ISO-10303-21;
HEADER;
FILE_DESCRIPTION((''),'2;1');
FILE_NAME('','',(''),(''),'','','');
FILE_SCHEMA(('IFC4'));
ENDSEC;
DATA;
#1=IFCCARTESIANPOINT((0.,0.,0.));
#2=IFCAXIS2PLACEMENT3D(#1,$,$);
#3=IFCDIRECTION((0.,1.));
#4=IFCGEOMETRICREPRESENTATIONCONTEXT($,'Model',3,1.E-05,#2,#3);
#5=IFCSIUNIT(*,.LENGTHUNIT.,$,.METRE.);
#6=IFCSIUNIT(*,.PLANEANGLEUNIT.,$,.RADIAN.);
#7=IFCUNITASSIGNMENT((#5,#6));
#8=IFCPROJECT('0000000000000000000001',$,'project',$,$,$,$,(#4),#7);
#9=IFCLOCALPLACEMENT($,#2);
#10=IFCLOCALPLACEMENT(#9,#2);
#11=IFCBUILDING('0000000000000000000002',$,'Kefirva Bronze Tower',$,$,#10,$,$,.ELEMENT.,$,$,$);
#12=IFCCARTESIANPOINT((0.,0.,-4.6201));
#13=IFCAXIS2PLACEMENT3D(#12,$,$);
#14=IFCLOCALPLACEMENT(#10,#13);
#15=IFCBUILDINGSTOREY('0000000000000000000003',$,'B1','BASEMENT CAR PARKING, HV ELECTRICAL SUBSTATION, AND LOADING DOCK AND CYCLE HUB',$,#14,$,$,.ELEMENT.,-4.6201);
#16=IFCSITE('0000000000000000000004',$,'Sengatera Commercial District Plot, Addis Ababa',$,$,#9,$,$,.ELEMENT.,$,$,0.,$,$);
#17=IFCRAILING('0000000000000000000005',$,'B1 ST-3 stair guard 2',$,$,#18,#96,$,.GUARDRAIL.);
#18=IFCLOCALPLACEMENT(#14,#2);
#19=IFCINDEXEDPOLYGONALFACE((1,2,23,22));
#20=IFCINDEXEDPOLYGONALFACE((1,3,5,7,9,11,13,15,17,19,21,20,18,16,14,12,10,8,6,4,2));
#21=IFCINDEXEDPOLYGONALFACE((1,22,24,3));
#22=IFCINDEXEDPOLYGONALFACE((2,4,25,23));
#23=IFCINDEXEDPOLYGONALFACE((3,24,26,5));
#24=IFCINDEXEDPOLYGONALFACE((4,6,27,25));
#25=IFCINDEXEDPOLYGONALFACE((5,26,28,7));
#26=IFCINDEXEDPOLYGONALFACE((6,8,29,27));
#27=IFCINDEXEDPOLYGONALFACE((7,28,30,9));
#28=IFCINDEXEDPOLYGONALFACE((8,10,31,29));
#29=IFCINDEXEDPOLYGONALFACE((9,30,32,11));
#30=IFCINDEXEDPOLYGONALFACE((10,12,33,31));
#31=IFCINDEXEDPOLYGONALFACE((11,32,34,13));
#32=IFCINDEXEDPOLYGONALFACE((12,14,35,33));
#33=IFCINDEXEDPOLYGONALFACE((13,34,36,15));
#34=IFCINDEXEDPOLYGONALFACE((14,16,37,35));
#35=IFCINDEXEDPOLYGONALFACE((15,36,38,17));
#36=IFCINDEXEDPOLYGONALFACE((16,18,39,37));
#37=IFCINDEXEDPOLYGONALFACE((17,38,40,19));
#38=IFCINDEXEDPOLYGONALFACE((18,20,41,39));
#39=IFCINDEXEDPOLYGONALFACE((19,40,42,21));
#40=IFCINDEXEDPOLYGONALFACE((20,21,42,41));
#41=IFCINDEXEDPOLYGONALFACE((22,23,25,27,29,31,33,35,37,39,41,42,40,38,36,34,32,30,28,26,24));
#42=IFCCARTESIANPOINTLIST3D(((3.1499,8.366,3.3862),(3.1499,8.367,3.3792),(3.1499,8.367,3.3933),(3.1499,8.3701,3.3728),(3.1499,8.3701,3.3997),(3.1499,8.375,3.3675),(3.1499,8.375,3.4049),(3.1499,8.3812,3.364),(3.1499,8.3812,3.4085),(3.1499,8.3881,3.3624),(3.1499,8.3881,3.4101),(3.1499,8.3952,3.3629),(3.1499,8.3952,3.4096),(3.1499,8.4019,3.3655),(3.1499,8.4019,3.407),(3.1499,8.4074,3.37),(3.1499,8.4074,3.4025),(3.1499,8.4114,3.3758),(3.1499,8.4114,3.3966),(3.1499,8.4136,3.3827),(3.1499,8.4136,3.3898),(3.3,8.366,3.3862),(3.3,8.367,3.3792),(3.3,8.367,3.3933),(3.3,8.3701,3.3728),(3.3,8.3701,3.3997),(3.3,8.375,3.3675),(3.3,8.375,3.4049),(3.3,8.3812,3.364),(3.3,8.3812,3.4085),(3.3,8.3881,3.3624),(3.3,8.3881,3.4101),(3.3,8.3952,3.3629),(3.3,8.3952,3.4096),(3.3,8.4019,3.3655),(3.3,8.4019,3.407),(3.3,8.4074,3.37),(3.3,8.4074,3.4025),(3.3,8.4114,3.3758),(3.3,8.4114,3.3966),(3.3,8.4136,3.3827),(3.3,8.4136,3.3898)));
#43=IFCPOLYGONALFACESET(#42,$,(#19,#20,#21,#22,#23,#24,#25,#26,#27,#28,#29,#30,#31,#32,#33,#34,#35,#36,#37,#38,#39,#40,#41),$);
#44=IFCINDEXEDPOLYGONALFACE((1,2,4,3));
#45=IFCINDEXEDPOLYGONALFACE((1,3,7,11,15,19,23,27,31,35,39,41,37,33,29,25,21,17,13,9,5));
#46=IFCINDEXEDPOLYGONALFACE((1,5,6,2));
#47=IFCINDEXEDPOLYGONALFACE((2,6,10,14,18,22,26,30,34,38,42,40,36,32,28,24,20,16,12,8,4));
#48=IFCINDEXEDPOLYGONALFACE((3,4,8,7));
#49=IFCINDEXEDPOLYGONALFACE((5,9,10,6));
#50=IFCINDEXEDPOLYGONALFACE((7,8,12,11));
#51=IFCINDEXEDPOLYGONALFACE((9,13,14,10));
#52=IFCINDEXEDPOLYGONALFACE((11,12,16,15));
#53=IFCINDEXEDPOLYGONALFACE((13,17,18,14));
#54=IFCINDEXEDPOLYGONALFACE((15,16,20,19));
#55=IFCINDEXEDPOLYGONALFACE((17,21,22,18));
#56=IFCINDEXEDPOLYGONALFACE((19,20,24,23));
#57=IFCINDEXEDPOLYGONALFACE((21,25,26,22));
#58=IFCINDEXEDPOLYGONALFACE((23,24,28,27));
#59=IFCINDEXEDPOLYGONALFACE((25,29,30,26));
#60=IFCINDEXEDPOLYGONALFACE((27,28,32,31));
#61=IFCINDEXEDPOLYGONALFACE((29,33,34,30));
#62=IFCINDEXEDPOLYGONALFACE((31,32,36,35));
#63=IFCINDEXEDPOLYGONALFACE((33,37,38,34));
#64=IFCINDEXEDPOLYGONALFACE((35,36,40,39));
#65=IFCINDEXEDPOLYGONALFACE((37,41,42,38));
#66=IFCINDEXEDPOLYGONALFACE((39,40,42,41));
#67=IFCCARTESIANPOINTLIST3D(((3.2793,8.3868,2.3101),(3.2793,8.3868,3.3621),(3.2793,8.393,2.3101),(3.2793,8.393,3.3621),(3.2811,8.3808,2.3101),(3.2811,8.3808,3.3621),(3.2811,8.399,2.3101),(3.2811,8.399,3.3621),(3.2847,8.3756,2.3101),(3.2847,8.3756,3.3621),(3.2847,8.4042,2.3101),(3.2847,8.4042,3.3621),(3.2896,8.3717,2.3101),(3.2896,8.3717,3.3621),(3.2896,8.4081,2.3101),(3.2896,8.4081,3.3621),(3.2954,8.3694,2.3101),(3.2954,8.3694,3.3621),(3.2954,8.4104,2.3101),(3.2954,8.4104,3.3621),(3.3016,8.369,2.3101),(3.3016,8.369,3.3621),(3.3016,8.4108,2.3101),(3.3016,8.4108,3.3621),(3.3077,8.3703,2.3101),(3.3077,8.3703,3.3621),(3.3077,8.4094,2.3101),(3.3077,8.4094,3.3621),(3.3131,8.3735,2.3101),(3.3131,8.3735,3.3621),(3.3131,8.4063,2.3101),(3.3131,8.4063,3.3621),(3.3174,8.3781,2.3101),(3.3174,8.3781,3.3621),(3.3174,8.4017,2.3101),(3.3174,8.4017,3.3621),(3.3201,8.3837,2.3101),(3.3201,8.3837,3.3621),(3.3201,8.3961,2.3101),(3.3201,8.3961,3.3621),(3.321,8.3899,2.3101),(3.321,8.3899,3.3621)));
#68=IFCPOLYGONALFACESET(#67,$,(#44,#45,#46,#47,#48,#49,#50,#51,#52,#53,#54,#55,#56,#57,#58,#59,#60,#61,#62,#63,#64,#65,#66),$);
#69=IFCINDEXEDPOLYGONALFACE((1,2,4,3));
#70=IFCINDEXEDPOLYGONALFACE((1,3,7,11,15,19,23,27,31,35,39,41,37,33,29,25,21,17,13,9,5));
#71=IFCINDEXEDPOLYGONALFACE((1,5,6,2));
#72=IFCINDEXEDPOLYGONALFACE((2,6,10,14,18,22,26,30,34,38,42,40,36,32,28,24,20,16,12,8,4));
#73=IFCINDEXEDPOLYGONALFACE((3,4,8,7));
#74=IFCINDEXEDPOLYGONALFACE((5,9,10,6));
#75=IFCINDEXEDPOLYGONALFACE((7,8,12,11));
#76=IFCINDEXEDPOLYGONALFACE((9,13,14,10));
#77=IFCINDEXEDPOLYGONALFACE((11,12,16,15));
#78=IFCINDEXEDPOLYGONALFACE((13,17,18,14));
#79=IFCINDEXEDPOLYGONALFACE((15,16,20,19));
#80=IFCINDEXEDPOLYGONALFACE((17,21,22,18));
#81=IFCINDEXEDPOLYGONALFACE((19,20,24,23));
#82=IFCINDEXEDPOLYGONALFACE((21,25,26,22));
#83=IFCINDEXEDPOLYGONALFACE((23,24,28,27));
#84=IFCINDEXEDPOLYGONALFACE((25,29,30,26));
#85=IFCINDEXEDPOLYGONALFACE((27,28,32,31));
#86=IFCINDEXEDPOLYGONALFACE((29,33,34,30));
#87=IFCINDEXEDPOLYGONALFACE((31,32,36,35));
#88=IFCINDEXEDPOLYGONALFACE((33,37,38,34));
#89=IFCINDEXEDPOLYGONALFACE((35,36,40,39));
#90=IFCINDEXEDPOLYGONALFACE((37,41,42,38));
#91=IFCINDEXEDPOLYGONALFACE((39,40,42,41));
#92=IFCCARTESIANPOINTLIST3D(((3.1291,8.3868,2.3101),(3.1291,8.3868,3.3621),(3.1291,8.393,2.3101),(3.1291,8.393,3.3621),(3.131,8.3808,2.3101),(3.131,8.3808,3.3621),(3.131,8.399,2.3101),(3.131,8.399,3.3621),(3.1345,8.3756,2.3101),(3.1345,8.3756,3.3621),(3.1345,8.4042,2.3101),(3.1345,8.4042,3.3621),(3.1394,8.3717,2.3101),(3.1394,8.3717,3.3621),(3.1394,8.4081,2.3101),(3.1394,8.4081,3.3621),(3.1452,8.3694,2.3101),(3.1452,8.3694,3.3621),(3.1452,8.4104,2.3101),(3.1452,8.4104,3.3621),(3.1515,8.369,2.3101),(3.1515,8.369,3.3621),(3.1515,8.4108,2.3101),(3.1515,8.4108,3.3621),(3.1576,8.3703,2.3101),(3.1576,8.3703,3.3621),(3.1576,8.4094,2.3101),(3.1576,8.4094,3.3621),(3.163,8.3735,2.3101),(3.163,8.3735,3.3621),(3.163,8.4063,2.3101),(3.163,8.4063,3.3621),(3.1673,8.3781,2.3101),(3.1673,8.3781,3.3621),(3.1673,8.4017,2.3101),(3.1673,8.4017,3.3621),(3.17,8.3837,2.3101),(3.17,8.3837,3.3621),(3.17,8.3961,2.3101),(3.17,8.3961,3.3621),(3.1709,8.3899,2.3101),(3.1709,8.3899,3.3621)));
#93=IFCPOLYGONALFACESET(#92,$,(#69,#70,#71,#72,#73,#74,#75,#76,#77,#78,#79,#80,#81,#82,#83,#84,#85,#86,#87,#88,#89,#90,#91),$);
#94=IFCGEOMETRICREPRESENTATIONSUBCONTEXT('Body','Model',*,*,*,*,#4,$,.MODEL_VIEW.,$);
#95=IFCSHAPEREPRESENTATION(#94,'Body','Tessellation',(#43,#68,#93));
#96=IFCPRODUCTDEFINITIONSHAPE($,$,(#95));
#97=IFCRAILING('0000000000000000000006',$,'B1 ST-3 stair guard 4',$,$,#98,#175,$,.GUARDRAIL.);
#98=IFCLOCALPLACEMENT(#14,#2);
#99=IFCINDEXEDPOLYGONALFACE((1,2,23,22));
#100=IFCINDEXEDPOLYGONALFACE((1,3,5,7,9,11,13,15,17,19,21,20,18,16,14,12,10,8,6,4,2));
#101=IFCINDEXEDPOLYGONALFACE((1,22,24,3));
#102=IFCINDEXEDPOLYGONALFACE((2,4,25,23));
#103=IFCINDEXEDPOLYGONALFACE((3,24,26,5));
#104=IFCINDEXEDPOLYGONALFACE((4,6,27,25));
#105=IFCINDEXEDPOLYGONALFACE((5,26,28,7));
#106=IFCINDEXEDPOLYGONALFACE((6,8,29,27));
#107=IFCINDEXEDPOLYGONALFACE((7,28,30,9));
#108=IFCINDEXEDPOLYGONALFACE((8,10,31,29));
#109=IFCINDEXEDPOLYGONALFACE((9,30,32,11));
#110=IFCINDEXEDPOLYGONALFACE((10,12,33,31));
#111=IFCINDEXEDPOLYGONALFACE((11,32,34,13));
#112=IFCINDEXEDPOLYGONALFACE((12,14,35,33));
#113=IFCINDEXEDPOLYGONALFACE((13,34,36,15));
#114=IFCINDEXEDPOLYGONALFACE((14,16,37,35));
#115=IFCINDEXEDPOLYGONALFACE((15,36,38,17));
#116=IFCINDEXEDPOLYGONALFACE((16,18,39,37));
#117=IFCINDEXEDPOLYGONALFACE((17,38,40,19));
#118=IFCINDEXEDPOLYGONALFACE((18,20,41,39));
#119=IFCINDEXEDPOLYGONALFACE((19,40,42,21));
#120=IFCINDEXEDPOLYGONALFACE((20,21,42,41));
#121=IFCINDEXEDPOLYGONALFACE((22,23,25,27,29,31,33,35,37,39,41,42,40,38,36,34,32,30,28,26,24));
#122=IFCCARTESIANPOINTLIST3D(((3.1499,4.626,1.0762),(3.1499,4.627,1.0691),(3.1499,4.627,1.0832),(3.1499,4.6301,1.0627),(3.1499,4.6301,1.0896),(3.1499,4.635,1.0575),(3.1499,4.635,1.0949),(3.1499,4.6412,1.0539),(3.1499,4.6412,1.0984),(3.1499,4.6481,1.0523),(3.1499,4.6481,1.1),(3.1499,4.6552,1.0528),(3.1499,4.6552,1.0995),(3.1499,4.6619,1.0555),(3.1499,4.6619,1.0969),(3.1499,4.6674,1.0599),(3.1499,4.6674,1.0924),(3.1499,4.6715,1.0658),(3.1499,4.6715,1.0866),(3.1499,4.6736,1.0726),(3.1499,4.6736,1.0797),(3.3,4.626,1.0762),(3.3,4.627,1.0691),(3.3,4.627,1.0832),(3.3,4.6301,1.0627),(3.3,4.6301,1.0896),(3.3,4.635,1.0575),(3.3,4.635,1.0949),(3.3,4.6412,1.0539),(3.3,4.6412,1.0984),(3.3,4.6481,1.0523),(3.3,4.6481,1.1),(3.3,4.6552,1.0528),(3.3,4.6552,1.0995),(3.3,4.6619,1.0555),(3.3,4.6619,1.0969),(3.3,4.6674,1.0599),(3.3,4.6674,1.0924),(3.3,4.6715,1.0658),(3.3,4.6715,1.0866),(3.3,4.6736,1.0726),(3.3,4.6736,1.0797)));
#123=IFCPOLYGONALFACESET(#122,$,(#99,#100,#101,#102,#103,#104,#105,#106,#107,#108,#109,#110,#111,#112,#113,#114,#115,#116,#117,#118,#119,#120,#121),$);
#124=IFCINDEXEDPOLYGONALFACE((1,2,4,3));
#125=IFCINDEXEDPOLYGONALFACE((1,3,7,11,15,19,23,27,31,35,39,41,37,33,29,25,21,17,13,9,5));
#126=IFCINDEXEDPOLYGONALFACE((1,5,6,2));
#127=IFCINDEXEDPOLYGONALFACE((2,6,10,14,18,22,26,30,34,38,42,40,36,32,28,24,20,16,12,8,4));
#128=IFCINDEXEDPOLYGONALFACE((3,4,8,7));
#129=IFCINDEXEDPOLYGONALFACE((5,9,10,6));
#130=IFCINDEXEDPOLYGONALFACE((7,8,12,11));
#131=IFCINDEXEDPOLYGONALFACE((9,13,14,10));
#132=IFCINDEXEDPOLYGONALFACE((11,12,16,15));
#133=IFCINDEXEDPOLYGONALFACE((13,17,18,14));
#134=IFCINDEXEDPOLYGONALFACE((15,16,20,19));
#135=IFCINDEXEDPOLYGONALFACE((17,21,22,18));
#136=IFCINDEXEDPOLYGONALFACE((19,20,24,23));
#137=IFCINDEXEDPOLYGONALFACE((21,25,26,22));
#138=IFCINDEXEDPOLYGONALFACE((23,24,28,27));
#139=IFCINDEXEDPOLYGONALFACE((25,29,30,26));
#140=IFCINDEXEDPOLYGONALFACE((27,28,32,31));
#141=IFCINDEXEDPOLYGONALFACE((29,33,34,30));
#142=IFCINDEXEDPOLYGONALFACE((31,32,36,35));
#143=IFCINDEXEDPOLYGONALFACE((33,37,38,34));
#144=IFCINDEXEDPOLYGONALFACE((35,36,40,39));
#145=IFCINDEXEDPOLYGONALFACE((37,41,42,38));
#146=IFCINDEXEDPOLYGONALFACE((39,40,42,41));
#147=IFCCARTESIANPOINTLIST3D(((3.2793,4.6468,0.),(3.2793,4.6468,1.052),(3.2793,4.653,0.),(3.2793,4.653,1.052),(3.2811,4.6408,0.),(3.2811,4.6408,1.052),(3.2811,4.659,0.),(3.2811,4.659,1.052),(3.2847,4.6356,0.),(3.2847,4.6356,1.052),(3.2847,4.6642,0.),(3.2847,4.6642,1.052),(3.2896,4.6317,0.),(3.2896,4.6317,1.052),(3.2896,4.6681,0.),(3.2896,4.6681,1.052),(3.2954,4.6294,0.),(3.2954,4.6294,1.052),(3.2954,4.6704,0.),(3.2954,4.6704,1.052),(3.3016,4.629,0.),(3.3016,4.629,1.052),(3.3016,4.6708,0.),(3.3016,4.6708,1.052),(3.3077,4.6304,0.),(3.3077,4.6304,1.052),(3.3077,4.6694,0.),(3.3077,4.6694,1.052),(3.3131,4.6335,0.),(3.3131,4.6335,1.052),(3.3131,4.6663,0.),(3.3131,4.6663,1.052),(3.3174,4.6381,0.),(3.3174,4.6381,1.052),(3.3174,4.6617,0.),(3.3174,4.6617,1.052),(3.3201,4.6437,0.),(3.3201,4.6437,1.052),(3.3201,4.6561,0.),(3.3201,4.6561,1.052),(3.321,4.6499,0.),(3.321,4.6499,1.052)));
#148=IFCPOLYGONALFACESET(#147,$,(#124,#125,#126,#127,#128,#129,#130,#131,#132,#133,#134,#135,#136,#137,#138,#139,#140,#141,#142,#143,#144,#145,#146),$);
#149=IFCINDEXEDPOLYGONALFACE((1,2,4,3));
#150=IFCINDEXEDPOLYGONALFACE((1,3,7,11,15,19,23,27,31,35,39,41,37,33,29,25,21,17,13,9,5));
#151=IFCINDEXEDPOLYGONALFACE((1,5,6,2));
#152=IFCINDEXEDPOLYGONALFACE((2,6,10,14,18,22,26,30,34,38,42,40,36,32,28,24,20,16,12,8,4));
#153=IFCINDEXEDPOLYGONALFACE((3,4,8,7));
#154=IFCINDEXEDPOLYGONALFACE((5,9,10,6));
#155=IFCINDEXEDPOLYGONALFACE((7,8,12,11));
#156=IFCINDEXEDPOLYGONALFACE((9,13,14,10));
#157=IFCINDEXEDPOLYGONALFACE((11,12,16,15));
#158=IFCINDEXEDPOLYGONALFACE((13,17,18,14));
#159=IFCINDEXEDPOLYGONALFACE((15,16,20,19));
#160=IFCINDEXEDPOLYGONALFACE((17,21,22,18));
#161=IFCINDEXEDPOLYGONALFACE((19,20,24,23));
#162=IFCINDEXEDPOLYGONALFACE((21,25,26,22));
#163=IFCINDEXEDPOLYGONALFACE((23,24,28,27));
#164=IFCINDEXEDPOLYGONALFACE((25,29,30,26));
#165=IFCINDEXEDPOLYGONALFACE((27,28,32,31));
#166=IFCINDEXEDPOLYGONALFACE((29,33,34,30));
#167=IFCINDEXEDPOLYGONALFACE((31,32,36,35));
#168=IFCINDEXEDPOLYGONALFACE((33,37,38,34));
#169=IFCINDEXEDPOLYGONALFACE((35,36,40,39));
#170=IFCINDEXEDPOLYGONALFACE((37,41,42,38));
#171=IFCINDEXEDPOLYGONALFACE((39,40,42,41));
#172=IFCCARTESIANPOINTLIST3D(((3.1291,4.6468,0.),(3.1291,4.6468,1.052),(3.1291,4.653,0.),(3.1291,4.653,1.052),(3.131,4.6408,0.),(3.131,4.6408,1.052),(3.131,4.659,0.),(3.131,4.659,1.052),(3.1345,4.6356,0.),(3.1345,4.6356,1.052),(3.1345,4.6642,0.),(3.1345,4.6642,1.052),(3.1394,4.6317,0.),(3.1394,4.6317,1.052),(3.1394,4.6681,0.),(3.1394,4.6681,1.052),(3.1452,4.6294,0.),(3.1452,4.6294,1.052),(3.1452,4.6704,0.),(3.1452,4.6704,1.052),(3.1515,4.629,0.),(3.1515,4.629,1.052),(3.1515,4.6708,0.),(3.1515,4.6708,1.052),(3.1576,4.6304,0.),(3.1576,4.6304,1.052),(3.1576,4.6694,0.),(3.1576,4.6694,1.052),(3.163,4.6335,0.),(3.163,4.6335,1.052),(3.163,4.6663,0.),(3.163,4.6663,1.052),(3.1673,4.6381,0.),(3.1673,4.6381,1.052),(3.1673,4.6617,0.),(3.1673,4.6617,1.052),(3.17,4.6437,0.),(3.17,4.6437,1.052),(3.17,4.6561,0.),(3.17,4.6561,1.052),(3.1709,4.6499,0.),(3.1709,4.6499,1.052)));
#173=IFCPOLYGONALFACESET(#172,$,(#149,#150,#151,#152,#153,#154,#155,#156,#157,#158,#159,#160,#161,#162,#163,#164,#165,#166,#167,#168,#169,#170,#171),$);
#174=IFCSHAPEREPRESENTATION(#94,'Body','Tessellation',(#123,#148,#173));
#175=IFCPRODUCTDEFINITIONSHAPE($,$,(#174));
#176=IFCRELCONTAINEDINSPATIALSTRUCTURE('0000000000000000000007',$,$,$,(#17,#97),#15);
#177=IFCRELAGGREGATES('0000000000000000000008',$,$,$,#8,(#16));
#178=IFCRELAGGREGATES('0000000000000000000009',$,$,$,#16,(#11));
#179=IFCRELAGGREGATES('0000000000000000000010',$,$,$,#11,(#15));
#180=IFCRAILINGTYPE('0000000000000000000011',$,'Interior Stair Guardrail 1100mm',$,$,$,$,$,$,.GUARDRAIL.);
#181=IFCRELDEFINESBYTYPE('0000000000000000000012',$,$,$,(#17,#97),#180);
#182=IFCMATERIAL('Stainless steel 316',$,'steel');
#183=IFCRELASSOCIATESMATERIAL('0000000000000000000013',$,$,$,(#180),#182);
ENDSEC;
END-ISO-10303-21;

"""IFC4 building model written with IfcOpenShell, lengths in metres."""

from ifc_helpers import new_model, si_unit, direction, frame, origin, origin_2d, place, context, subcontext, project, spatial, circle, extrude, material, type_object, element, save


model = new_model("IFC4")

# Units and contexts
model_context = context("Model", 3, precision=1e-05, world=origin(), true_north=direction((0.0, 1.0)))
body_context = subcontext(model_context, "Body", "Model", "MODEL_VIEW")
ifc_project = project(units=[si_unit("LENGTHUNIT", "METRE"), si_unit("PLANEANGLEUNIT", "RADIAN")], contexts=[model_context])

# Site, building, storey
site_placement = place(None, origin())
site = spatial("IfcSite", under=ifc_project, at=site_placement, Name="Sengatera Commercial District Plot, Addis Ababa", CompositionType="ELEMENT", RefElevation=0.0)
building_placement = place(site_placement, origin())
building = spatial("IfcBuilding", under=site, at=building_placement, Name="Kefirva Bronze Tower", CompositionType="ELEMENT")
storey_placement = place(building_placement, frame((0.0, 0.0, -4.6201)))
storey = spatial("IfcBuildingStorey", under=building, at=storey_placement, Name="B1", Description="BASEMENT CAR PARKING, HV ELECTRICAL SUBSTATION, AND LOADING DOCK AND CYCLE HUB", CompositionType="ELEMENT", Elevation=-4.6201)

# Railings
ifc_material_1 = material(Name="Stainless steel 316", Category="steel")
railing_type_1 = type_object("IfcRailingType", Name="Interior Stair Guardrail 1100mm", PredefinedType="GUARDRAIL", material=ifc_material_1)
for number, where, name in (
    (1, (3.3, 8.3899, 2.3101), "B1 ST-3 stair guard 2"),
    (2, (3.3, 4.6499, 0.0), "B1 ST-3 stair guard 4"),
):
    element("IfcRailing", number, at=place(storey_placement, frame(where)), inside=storey, type_object=railing_type_1, Name=name, PredefinedType="GUARDRAIL", context=body_context, shape_type="SweptSolid", body=[
        extrude(circle(Radius=0.0239, at=origin_2d()), frame((0.0, 0.0, 1.0762), z_axis=(-1.0, 0.0, 0.0), x_axis=(0.0, -1.0, 0.0)), (0.0, 0.0, 1.0), 0.1501),
        extrude(circle(Radius=0.021, at=origin_2d()), origin(), (0.0, 0.0, 1.0), 1.052),
        extrude(circle(Radius=0.021, at=origin_2d()), frame((-0.1501, 0.0, 0.0)), (0.0, 0.0, 1.0), 1.052),
    ])

save(model, "model.ifc")
